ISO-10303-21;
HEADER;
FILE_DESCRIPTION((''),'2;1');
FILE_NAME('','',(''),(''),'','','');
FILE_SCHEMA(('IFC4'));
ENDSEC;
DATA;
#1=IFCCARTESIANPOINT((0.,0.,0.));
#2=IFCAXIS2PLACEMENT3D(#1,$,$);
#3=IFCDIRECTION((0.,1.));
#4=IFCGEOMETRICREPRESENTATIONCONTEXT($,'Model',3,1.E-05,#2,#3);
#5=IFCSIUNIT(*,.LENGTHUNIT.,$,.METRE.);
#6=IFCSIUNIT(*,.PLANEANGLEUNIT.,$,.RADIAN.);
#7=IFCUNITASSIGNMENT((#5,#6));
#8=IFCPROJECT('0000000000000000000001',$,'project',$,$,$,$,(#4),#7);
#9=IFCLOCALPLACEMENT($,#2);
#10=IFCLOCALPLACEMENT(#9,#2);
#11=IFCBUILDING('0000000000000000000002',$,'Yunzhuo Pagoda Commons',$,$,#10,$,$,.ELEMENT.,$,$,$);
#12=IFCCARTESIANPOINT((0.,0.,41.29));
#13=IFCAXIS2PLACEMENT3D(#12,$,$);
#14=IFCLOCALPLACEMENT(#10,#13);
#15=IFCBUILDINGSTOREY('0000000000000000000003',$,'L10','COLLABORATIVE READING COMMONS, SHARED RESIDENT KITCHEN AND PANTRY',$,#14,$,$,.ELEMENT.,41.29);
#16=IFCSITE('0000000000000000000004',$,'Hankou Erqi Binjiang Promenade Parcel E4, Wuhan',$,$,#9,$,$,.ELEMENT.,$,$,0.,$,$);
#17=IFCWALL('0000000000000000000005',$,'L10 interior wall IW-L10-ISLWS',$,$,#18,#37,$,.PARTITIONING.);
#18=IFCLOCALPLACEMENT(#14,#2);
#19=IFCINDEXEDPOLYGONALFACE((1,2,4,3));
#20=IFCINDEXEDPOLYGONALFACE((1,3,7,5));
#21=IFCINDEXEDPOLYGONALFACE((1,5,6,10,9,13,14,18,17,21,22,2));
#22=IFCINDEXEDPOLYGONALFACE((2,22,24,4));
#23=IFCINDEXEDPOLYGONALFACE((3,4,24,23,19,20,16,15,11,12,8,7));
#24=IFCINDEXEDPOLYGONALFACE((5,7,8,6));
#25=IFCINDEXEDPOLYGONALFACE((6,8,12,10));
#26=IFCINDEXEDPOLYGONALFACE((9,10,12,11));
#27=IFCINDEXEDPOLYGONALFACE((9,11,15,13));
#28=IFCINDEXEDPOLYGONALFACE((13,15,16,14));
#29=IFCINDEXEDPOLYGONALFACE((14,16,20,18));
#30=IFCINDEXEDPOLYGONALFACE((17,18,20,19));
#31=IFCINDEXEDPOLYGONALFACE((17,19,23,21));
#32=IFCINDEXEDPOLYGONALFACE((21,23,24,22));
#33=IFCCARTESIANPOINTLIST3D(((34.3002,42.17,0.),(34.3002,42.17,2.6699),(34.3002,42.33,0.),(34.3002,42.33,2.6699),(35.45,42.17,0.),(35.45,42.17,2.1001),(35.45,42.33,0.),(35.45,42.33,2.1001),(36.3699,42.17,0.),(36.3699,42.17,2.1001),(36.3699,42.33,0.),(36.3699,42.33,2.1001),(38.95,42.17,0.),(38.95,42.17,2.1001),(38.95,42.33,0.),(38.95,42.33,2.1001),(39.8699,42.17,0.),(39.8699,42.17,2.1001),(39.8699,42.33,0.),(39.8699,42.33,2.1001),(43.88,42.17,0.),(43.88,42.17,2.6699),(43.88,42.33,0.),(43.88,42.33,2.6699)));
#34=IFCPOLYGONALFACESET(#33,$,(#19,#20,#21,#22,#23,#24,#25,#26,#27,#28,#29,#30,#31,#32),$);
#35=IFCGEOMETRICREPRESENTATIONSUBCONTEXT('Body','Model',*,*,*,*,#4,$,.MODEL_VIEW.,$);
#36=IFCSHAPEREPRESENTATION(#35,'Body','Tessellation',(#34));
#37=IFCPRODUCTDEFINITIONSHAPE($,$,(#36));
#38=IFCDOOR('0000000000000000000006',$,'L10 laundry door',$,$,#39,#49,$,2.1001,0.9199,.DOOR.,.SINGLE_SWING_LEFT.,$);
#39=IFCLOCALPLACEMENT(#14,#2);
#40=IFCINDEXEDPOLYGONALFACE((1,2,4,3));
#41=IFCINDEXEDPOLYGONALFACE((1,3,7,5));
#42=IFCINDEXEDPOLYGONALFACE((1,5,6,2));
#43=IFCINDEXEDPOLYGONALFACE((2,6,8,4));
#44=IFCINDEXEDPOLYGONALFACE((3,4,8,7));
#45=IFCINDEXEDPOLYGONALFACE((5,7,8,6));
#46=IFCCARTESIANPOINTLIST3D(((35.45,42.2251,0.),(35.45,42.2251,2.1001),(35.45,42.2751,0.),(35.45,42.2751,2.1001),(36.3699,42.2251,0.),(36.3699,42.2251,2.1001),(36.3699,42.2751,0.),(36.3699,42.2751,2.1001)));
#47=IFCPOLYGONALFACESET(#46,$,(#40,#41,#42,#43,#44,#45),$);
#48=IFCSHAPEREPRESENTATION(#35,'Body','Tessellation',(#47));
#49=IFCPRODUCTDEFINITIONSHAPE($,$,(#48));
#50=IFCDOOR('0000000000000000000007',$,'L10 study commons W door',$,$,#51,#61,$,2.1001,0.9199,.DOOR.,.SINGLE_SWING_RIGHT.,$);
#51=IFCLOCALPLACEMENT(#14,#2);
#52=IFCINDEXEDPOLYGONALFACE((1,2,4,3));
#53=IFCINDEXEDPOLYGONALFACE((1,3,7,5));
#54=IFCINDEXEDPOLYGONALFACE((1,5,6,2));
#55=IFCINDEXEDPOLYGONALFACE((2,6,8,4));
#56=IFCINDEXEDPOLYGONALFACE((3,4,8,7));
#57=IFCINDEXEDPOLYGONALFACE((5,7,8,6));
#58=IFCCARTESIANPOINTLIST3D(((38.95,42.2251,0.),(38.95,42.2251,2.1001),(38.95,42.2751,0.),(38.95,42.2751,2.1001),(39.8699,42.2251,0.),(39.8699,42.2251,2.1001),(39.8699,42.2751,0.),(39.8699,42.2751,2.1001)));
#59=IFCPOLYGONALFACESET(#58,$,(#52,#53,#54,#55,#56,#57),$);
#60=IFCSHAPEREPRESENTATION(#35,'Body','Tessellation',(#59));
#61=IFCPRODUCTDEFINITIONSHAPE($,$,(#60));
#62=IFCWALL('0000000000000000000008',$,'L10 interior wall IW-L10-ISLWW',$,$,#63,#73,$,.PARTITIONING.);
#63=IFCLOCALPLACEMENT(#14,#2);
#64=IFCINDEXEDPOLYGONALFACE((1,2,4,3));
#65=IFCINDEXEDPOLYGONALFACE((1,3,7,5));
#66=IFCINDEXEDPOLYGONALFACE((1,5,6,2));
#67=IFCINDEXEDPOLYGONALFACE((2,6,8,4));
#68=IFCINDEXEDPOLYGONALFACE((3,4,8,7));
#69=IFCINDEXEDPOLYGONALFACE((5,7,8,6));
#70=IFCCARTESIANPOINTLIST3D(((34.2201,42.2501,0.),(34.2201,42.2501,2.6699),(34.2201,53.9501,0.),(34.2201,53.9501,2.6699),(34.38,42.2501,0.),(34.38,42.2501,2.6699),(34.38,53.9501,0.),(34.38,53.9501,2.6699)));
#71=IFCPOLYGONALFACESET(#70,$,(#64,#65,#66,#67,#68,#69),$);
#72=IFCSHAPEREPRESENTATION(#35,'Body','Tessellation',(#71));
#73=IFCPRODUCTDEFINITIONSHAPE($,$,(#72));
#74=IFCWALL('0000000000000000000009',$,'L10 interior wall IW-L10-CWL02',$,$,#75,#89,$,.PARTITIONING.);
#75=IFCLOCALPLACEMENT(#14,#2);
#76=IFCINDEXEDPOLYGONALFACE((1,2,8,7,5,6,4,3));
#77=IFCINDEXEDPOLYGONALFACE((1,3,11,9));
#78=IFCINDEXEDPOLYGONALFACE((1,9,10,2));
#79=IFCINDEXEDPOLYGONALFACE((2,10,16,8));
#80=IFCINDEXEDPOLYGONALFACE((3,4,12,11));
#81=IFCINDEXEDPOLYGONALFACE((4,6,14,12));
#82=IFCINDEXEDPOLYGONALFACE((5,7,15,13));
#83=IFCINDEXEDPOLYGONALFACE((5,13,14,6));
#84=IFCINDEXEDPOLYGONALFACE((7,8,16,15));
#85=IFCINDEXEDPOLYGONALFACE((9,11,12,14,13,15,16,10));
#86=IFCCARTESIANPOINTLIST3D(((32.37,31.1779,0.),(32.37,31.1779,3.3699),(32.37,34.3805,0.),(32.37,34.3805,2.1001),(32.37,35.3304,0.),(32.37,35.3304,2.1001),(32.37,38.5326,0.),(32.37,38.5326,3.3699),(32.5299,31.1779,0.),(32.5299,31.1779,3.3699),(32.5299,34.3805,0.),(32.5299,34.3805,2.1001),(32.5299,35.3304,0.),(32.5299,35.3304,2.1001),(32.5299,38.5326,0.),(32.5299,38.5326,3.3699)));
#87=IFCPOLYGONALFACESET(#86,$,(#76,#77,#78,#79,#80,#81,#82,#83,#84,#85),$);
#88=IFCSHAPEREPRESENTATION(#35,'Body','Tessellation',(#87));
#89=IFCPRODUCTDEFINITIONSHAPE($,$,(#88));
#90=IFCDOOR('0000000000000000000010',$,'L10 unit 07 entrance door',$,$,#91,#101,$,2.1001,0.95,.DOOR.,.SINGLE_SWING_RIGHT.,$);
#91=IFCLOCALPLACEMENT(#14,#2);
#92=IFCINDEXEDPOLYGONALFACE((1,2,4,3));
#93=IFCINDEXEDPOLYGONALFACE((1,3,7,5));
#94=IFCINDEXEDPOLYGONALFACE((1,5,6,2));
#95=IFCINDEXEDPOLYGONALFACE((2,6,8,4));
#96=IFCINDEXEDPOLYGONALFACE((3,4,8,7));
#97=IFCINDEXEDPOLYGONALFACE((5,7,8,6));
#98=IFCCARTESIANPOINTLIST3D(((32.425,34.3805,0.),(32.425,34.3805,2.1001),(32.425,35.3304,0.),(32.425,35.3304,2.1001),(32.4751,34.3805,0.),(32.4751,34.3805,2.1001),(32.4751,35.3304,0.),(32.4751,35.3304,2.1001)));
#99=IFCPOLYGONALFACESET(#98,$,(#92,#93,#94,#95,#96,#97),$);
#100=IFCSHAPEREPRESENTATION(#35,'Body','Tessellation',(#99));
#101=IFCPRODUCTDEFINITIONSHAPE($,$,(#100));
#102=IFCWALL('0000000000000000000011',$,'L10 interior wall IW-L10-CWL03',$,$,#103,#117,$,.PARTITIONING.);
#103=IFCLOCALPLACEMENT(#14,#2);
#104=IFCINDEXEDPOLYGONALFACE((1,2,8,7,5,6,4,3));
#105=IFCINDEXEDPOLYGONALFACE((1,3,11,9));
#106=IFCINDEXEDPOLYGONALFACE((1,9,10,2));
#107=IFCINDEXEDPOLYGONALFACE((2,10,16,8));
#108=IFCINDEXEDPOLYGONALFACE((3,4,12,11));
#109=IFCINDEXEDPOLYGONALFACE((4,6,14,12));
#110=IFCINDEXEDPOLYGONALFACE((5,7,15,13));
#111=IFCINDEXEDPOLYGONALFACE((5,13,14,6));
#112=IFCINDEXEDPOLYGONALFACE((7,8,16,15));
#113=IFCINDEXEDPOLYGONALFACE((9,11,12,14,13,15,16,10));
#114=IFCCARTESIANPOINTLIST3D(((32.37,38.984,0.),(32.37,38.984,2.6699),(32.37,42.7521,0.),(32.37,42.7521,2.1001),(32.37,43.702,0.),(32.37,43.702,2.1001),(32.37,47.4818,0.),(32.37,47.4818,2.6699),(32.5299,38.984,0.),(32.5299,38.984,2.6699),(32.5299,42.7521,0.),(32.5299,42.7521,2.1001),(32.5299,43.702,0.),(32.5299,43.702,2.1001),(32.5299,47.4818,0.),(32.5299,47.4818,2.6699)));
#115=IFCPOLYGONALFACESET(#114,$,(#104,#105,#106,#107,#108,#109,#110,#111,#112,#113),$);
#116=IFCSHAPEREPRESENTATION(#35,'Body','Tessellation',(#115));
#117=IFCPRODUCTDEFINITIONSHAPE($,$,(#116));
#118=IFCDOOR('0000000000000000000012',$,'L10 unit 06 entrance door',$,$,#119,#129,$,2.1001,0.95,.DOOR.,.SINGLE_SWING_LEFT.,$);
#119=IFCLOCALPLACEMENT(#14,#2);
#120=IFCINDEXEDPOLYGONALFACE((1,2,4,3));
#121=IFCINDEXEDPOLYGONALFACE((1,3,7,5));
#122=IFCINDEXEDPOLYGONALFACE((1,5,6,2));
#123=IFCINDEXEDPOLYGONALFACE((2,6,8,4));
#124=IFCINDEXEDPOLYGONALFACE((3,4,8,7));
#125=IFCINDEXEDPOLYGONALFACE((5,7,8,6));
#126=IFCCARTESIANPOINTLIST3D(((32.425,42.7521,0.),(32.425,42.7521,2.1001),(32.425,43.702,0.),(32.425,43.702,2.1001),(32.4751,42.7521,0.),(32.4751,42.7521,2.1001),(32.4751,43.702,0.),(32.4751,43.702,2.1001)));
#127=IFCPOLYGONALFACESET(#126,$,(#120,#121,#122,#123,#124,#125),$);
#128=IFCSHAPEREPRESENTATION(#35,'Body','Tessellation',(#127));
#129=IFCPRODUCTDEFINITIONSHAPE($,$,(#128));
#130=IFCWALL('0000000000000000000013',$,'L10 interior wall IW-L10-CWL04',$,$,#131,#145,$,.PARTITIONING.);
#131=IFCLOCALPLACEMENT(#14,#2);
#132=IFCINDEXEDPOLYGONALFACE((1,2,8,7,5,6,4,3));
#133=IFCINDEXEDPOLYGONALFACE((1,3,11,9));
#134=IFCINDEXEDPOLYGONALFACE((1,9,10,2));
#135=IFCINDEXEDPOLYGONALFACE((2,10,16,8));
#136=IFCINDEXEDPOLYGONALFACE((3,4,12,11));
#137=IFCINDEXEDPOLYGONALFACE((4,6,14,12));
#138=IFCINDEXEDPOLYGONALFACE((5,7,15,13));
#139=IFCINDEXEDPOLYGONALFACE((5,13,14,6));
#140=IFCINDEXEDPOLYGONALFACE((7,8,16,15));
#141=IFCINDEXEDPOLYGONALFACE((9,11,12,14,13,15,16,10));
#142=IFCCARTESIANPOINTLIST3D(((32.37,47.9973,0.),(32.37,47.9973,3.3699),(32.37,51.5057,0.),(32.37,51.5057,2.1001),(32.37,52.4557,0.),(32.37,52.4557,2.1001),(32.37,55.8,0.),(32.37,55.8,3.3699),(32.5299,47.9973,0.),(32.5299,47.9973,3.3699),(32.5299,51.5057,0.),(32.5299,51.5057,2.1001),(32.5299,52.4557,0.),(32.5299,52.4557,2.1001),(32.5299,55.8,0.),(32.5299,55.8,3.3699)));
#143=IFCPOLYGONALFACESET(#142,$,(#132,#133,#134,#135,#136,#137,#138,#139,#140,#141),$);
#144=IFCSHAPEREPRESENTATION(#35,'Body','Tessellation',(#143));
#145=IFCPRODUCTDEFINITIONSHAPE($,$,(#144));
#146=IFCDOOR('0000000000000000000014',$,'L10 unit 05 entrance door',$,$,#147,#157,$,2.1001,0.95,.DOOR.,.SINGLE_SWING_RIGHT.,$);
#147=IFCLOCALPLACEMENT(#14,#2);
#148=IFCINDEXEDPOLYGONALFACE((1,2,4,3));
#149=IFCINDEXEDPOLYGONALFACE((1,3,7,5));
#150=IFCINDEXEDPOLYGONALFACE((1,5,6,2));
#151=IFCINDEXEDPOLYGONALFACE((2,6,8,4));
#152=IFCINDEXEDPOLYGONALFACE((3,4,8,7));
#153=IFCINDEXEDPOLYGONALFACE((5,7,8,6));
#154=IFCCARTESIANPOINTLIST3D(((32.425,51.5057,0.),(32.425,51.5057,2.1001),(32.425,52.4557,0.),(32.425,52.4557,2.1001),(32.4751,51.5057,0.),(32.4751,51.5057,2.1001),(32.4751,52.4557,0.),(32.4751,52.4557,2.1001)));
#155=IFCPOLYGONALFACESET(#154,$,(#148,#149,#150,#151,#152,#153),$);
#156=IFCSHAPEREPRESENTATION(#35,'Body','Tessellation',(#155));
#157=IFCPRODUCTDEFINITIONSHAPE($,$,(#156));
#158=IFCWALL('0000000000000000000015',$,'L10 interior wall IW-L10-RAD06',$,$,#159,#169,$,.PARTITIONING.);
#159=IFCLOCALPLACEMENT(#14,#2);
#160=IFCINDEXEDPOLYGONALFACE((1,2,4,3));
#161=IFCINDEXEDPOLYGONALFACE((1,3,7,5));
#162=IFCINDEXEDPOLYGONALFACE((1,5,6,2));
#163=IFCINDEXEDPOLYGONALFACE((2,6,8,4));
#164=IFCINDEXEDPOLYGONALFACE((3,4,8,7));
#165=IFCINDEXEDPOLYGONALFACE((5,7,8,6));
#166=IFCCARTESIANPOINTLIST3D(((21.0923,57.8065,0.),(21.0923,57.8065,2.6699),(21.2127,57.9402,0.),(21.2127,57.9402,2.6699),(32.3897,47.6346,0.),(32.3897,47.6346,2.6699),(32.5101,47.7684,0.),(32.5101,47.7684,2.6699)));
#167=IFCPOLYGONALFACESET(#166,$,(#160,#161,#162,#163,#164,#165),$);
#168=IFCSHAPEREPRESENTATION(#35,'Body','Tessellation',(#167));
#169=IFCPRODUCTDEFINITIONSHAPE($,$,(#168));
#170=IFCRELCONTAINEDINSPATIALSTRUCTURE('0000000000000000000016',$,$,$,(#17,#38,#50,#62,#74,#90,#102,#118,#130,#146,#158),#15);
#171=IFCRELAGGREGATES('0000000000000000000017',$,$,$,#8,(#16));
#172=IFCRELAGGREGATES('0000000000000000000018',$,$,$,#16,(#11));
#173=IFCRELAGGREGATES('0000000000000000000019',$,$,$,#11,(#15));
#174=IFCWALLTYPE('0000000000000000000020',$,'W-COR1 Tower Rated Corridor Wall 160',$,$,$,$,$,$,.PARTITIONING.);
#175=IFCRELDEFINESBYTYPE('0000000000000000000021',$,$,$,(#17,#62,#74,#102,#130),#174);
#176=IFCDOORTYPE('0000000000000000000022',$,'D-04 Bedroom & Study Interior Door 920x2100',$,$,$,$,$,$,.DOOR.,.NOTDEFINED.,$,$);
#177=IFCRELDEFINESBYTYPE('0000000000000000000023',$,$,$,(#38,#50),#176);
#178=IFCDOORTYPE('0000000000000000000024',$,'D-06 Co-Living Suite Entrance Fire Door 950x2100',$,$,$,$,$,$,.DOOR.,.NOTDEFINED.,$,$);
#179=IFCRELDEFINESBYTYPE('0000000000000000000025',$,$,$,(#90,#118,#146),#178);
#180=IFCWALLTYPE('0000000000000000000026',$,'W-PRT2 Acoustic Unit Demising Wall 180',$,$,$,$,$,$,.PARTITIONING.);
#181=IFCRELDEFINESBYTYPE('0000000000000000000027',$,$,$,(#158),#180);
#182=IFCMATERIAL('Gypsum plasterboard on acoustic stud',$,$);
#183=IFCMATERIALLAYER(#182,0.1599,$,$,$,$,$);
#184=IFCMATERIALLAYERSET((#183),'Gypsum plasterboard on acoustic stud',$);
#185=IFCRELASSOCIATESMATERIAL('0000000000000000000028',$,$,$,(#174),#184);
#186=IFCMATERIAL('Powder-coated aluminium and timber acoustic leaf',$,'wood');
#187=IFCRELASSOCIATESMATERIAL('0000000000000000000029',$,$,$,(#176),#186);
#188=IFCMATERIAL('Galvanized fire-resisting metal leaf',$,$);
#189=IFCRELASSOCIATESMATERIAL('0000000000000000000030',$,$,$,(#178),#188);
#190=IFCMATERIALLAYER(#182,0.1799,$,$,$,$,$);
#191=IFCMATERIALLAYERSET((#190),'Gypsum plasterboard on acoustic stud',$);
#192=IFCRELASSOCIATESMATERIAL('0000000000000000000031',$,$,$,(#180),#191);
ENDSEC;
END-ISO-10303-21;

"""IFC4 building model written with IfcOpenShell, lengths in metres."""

from ifc_helpers import new_model, si_unit, direction, frame, frame_2d, origin, origin_with_axes, place, context, subcontext, project, spatial, rectangle, extrude, source, transform, mapped, material, layer, layer_set, type_object, element, fill, save


model = new_model("IFC4")

# Units and contexts
model_context = context("Model", 3, precision=1e-05, world=origin(), true_north=direction((0.0, 1.0)))
body_context = subcontext(model_context, "Body", "Model", "MODEL_VIEW")
ifc_project = project(units=[si_unit("LENGTHUNIT", "METRE"), si_unit("PLANEANGLEUNIT", "RADIAN")], contexts=[model_context])

# Site, building, storey
site_placement = place(None, origin())
site = spatial("IfcSite", under=ifc_project, at=site_placement, Name="Hankou Erqi Binjiang Promenade Parcel E4, Wuhan", CompositionType="ELEMENT", RefElevation=0.0)
building_placement = place(site_placement, origin())
building = spatial("IfcBuilding", under=site, at=building_placement, Name="Yunzhuo Pagoda Commons", CompositionType="ELEMENT")
storey_placement = place(building_placement, frame((0.0, 0.0, 41.29)))
storey = spatial("IfcBuildingStorey", under=building, at=storey_placement, Name="L10", Description="COLLABORATIVE READING COMMONS, SHARED RESIDENT KITCHEN AND PANTRY", CompositionType="ELEMENT", Elevation=41.29)

# Wall, openings, doors
ifc_material_1 = material(Name="Gypsum plasterboard on acoustic stud")
ifc_layer_1 = layer(ifc_material_1, 0.1599)
ifc_layer_set_1 = layer_set([ifc_layer_1], Name="Gypsum plasterboard on acoustic stud")
wall_type_1 = type_object("IfcWallType", Name="W-COR1 Tower Rated Corridor Wall 160", PredefinedType="PARTITIONING", material=ifc_layer_set_1)
wall_1_placement = place(storey_placement, frame((34.3, 42.25, 0.0), z_axis=(0.0, 0.0, 1.0), x_axis=(1.0, 0.0, 0.0)))
wall_1 = element("IfcWall", 1, at=wall_1_placement, inside=storey, type_object=wall_type_1, Name="L10 interior wall IW-L10-ISLWS", PredefinedType="PARTITIONING", context=body_context, shape_type="SweptSolid", body=[
    extrude(rectangle(XDim=9.5798, YDim=0.1599, at=frame_2d((4.79, 0.0))), origin(), (0.0, 0.0, 1.0), 2.6699),
])
opening_1_placement = place(wall_1_placement, frame((1.1499, 0.0, 0.0)))
opening_1 = element("IfcOpeningElement", 2, at=opening_1_placement, cuts=wall_1, PredefinedType="OPENING", context=body_context, shape_type="SweptSolid", body=[
    extrude(rectangle(XDim=0.9199, YDim=2.1001, at=frame_2d((0.46, 1.05))), frame((0.0, 0.0898, 0.0), z_axis=(0.0, -1.0, 0.0), x_axis=(1.0, 0.0, 0.0)), (0.0, 0.0, 1.0), 0.1799),
])
opening_2_placement = place(wall_1_placement, frame((4.6499, 0.0, 0.0)))
opening_2 = element("IfcOpeningElement", 3, at=opening_2_placement, cuts=wall_1, PredefinedType="OPENING", context=body_context, shape_type="SweptSolid", body=[
    extrude(rectangle(XDim=0.9199, YDim=2.1001, at=frame_2d((0.46, 1.05))), frame((0.0, 0.0898, 0.0), z_axis=(0.0, -1.0, 0.0), x_axis=(1.0, 0.0, 0.0)), (0.0, 0.0, 1.0), 0.1799),
])
ifc_material_2 = material(Name="Powder-coated aluminium and timber acoustic leaf", Category="wood")
door_type_1 = type_object("IfcDoorType", Name="D-04 Bedroom & Study Interior Door 920x2100", OperationType="NOTDEFINED", PredefinedType="DOOR", material=ifc_material_2)
shared_shape_1 = source(origin(), body_context, "Body", "SweptSolid", [
    extrude(rectangle(XDim=0.9199, YDim=2.1001, at=frame_2d((0.46, 1.05))), frame((0.0, 0.0249, 0.0), z_axis=(0.0, -1.0, 0.0), x_axis=(1.0, 0.0, 0.0)), (0.0, 0.0, 1.0), 0.05),
])
door_1_placement = place(opening_1_placement, frame((0.9199, 0.0, 0.0), z_axis=(0.0, 0.0, 1.0), x_axis=(-1.0, 0.0, 0.0)))
door_1 = element("IfcDoor", 4, at=door_1_placement, inside=storey, type_object=door_type_1, Name="L10 laundry door", OperationType="SINGLE_SWING_LEFT", OverallHeight=2.1001, OverallWidth=0.9199, PredefinedType="DOOR", context=body_context, shape_type="MappedRepresentation", body=[
    mapped(shared_shape_1, transform((0.0, 0.0, 0.0), scale=1.0)),
])
fill(opening_1, door_1)
door_2_placement = place(opening_2_placement, frame((0.9199, 0.0, 0.0), z_axis=(0.0, 0.0, 1.0), x_axis=(-1.0, 0.0, 0.0)))
door_2 = element("IfcDoor", 5, at=door_2_placement, inside=storey, type_object=door_type_1, Name="L10 study commons W door", OperationType="SINGLE_SWING_RIGHT", OverallHeight=2.1001, OverallWidth=0.9199, PredefinedType="DOOR", context=body_context, shape_type="MappedRepresentation", body=[
    mapped(shared_shape_1, transform((0.0, 0.0, 0.0), scale=1.0)),
])
fill(opening_2, door_2)

# Wall
wall_2_placement = place(storey_placement, frame((34.3, 42.25, 0.0), z_axis=(0.0, 0.0, 1.0), x_axis=(0.0, 1.0, 0.0)))
element("IfcWall", 6, at=wall_2_placement, inside=storey, type_object=wall_type_1, Name="L10 interior wall IW-L10-ISLWW", PredefinedType="PARTITIONING", context=body_context, shape_type="SweptSolid", body=[
    extrude(rectangle(XDim=11.7, YDim=0.1599, at=frame_2d((5.8501, 0.0))), origin(), (0.0, 0.0, 1.0), 2.6699),
])

# Walls, openings, doors
wall_3_placement = place(storey_placement, frame((32.45, 31.178, 0.0), z_axis=(0.0, 0.0, 1.0), x_axis=(0.0, 1.0, 0.0)))
wall_3 = element("IfcWall", 7, at=wall_3_placement, inside=storey, type_object=wall_type_1, Name="L10 interior wall IW-L10-CWL02", PredefinedType="PARTITIONING", context=body_context, shape_type="SweptSolid", body=[
    extrude(rectangle(XDim=7.3547, YDim=0.1599, at=frame_2d((3.6772, 0.0))), origin(), (0.0, 0.0, 1.0), 3.3699),
])
opening_3_placement = place(wall_3_placement, frame((3.2024, 0.0, 0.0)))
opening_3 = element("IfcOpeningElement", 8, at=opening_3_placement, cuts=wall_3, PredefinedType="OPENING", context=body_context, shape_type="SweptSolid", body=[
    extrude(rectangle(XDim=0.95, YDim=2.1001, at=frame_2d((0.4751, 1.05))), frame((0.0, 0.0898, 0.0), z_axis=(0.0, -1.0, 0.0), x_axis=(1.0, 0.0, 0.0)), (0.0, 0.0, 1.0), 0.1799),
])
ifc_material_3 = material(Name="Galvanized fire-resisting metal leaf")
door_type_2 = type_object("IfcDoorType", Name="D-06 Co-Living Suite Entrance Fire Door 950x2100", OperationType="NOTDEFINED", PredefinedType="DOOR", material=ifc_material_3)
shared_shape_2 = source(origin(), body_context, "Body", "SweptSolid", [
    extrude(rectangle(XDim=0.95, YDim=2.1001, at=frame_2d((0.4751, 1.05))), frame((0.0, 0.0249, 0.0), z_axis=(0.0, -1.0, 0.0), x_axis=(1.0, 0.0, 0.0)), (0.0, 0.0, 1.0), 0.05),
])
door_3_placement = place(opening_3_placement, origin_with_axes())
door_3 = element("IfcDoor", 9, at=door_3_placement, inside=storey, type_object=door_type_2, Name="L10 unit 07 entrance door", OperationType="SINGLE_SWING_RIGHT", OverallHeight=2.1001, OverallWidth=0.95, PredefinedType="DOOR", context=body_context, shape_type="MappedRepresentation", body=[
    mapped(shared_shape_2, transform((0.0, 0.0, 0.0), scale=1.0)),
])
fill(opening_3, door_3)
wall_4_placement = place(storey_placement, frame((32.45, 38.9839, 0.0), z_axis=(0.0, 0.0, 1.0), x_axis=(0.0, 1.0, 0.0)))
wall_4 = element("IfcWall", 10, at=wall_4_placement, inside=storey, type_object=wall_type_1, Name="L10 interior wall IW-L10-CWL03", PredefinedType="PARTITIONING", context=body_context, shape_type="SweptSolid", body=[
    extrude(rectangle(XDim=8.4978, YDim=0.1599, at=frame_2d((4.249, 0.0))), origin(), (0.0, 0.0, 1.0), 2.6699),
])
opening_4_placement = place(wall_4_placement, frame((3.7681, 0.0, 0.0)))
opening_4 = element("IfcOpeningElement", 11, at=opening_4_placement, cuts=wall_4, PredefinedType="OPENING", context=body_context, shape_type="SweptSolid", body=[
    extrude(rectangle(XDim=0.95, YDim=2.1001, at=frame_2d((0.4751, 1.05))), frame((0.0, 0.0898, 0.0), z_axis=(0.0, -1.0, 0.0), x_axis=(1.0, 0.0, 0.0)), (0.0, 0.0, 1.0), 0.1799),
])
door_4_placement = place(opening_4_placement, origin_with_axes())
door_4 = element("IfcDoor", 12, at=door_4_placement, inside=storey, type_object=door_type_2, Name="L10 unit 06 entrance door", OperationType="SINGLE_SWING_LEFT", OverallHeight=2.1001, OverallWidth=0.95, PredefinedType="DOOR", context=body_context, shape_type="MappedRepresentation", body=[
    mapped(shared_shape_2, transform((0.0, 0.0, 0.0), scale=1.0)),
])
fill(opening_4, door_4)
wall_5_placement = place(storey_placement, frame((32.45, 47.9973, 0.0), z_axis=(0.0, 0.0, 1.0), x_axis=(0.0, 1.0, 0.0)))
wall_5 = element("IfcWall", 13, at=wall_5_placement, inside=storey, type_object=wall_type_1, Name="L10 interior wall IW-L10-CWL04", PredefinedType="PARTITIONING", context=body_context, shape_type="SweptSolid", body=[
    extrude(rectangle(XDim=7.8027, YDim=0.1599, at=frame_2d((3.9014, 0.0))), origin(), (0.0, 0.0, 1.0), 3.3699),
])
opening_5_placement = place(wall_5_placement, frame((3.5083, 0.0, 0.0)))
opening_5 = element("IfcOpeningElement", 14, at=opening_5_placement, cuts=wall_5, PredefinedType="OPENING", context=body_context, shape_type="SweptSolid", body=[
    extrude(rectangle(XDim=0.95, YDim=2.1001, at=frame_2d((0.4751, 1.05))), frame((0.0, 0.0898, 0.0), z_axis=(0.0, -1.0, 0.0), x_axis=(1.0, 0.0, 0.0)), (0.0, 0.0, 1.0), 0.1799),
])
door_5_placement = place(opening_5_placement, origin_with_axes())
door_5 = element("IfcDoor", 15, at=door_5_placement, inside=storey, type_object=door_type_2, Name="L10 unit 05 entrance door", OperationType="SINGLE_SWING_RIGHT", OverallHeight=2.1001, OverallWidth=0.95, PredefinedType="DOOR", context=body_context, shape_type="MappedRepresentation", body=[
    mapped(shared_shape_2, transform((0.0, 0.0, 0.0), scale=1.0)),
])
fill(opening_5, door_5)

# Wall
ifc_layer_2 = layer(ifc_material_1, 0.1799)
ifc_layer_set_2 = layer_set([ifc_layer_2], Name="Gypsum plasterboard on acoustic stud")
wall_type_2 = type_object("IfcWallType", Name="W-PRT2 Acoustic Unit Demising Wall 180", PredefinedType="PARTITIONING", material=ifc_layer_set_2)
wall_6_placement = place(storey_placement, frame((32.45, 47.7014, 0.0), z_axis=(0.0, 0.0, 1.0), x_axis=(-0.743155, 0.669119, 0.0)))
element("IfcWall", 16, at=wall_6_placement, inside=storey, type_object=wall_type_2, Name="L10 interior wall IW-L10-RAD06", PredefinedType="PARTITIONING", context=body_context, shape_type="SweptSolid", body=[
    extrude(rectangle(XDim=15.2019, YDim=0.1799, at=frame_2d((7.6011, 0.0))), origin(), (0.0, 0.0, 1.0), 2.6699),
])

save(model, "model.ifc")
